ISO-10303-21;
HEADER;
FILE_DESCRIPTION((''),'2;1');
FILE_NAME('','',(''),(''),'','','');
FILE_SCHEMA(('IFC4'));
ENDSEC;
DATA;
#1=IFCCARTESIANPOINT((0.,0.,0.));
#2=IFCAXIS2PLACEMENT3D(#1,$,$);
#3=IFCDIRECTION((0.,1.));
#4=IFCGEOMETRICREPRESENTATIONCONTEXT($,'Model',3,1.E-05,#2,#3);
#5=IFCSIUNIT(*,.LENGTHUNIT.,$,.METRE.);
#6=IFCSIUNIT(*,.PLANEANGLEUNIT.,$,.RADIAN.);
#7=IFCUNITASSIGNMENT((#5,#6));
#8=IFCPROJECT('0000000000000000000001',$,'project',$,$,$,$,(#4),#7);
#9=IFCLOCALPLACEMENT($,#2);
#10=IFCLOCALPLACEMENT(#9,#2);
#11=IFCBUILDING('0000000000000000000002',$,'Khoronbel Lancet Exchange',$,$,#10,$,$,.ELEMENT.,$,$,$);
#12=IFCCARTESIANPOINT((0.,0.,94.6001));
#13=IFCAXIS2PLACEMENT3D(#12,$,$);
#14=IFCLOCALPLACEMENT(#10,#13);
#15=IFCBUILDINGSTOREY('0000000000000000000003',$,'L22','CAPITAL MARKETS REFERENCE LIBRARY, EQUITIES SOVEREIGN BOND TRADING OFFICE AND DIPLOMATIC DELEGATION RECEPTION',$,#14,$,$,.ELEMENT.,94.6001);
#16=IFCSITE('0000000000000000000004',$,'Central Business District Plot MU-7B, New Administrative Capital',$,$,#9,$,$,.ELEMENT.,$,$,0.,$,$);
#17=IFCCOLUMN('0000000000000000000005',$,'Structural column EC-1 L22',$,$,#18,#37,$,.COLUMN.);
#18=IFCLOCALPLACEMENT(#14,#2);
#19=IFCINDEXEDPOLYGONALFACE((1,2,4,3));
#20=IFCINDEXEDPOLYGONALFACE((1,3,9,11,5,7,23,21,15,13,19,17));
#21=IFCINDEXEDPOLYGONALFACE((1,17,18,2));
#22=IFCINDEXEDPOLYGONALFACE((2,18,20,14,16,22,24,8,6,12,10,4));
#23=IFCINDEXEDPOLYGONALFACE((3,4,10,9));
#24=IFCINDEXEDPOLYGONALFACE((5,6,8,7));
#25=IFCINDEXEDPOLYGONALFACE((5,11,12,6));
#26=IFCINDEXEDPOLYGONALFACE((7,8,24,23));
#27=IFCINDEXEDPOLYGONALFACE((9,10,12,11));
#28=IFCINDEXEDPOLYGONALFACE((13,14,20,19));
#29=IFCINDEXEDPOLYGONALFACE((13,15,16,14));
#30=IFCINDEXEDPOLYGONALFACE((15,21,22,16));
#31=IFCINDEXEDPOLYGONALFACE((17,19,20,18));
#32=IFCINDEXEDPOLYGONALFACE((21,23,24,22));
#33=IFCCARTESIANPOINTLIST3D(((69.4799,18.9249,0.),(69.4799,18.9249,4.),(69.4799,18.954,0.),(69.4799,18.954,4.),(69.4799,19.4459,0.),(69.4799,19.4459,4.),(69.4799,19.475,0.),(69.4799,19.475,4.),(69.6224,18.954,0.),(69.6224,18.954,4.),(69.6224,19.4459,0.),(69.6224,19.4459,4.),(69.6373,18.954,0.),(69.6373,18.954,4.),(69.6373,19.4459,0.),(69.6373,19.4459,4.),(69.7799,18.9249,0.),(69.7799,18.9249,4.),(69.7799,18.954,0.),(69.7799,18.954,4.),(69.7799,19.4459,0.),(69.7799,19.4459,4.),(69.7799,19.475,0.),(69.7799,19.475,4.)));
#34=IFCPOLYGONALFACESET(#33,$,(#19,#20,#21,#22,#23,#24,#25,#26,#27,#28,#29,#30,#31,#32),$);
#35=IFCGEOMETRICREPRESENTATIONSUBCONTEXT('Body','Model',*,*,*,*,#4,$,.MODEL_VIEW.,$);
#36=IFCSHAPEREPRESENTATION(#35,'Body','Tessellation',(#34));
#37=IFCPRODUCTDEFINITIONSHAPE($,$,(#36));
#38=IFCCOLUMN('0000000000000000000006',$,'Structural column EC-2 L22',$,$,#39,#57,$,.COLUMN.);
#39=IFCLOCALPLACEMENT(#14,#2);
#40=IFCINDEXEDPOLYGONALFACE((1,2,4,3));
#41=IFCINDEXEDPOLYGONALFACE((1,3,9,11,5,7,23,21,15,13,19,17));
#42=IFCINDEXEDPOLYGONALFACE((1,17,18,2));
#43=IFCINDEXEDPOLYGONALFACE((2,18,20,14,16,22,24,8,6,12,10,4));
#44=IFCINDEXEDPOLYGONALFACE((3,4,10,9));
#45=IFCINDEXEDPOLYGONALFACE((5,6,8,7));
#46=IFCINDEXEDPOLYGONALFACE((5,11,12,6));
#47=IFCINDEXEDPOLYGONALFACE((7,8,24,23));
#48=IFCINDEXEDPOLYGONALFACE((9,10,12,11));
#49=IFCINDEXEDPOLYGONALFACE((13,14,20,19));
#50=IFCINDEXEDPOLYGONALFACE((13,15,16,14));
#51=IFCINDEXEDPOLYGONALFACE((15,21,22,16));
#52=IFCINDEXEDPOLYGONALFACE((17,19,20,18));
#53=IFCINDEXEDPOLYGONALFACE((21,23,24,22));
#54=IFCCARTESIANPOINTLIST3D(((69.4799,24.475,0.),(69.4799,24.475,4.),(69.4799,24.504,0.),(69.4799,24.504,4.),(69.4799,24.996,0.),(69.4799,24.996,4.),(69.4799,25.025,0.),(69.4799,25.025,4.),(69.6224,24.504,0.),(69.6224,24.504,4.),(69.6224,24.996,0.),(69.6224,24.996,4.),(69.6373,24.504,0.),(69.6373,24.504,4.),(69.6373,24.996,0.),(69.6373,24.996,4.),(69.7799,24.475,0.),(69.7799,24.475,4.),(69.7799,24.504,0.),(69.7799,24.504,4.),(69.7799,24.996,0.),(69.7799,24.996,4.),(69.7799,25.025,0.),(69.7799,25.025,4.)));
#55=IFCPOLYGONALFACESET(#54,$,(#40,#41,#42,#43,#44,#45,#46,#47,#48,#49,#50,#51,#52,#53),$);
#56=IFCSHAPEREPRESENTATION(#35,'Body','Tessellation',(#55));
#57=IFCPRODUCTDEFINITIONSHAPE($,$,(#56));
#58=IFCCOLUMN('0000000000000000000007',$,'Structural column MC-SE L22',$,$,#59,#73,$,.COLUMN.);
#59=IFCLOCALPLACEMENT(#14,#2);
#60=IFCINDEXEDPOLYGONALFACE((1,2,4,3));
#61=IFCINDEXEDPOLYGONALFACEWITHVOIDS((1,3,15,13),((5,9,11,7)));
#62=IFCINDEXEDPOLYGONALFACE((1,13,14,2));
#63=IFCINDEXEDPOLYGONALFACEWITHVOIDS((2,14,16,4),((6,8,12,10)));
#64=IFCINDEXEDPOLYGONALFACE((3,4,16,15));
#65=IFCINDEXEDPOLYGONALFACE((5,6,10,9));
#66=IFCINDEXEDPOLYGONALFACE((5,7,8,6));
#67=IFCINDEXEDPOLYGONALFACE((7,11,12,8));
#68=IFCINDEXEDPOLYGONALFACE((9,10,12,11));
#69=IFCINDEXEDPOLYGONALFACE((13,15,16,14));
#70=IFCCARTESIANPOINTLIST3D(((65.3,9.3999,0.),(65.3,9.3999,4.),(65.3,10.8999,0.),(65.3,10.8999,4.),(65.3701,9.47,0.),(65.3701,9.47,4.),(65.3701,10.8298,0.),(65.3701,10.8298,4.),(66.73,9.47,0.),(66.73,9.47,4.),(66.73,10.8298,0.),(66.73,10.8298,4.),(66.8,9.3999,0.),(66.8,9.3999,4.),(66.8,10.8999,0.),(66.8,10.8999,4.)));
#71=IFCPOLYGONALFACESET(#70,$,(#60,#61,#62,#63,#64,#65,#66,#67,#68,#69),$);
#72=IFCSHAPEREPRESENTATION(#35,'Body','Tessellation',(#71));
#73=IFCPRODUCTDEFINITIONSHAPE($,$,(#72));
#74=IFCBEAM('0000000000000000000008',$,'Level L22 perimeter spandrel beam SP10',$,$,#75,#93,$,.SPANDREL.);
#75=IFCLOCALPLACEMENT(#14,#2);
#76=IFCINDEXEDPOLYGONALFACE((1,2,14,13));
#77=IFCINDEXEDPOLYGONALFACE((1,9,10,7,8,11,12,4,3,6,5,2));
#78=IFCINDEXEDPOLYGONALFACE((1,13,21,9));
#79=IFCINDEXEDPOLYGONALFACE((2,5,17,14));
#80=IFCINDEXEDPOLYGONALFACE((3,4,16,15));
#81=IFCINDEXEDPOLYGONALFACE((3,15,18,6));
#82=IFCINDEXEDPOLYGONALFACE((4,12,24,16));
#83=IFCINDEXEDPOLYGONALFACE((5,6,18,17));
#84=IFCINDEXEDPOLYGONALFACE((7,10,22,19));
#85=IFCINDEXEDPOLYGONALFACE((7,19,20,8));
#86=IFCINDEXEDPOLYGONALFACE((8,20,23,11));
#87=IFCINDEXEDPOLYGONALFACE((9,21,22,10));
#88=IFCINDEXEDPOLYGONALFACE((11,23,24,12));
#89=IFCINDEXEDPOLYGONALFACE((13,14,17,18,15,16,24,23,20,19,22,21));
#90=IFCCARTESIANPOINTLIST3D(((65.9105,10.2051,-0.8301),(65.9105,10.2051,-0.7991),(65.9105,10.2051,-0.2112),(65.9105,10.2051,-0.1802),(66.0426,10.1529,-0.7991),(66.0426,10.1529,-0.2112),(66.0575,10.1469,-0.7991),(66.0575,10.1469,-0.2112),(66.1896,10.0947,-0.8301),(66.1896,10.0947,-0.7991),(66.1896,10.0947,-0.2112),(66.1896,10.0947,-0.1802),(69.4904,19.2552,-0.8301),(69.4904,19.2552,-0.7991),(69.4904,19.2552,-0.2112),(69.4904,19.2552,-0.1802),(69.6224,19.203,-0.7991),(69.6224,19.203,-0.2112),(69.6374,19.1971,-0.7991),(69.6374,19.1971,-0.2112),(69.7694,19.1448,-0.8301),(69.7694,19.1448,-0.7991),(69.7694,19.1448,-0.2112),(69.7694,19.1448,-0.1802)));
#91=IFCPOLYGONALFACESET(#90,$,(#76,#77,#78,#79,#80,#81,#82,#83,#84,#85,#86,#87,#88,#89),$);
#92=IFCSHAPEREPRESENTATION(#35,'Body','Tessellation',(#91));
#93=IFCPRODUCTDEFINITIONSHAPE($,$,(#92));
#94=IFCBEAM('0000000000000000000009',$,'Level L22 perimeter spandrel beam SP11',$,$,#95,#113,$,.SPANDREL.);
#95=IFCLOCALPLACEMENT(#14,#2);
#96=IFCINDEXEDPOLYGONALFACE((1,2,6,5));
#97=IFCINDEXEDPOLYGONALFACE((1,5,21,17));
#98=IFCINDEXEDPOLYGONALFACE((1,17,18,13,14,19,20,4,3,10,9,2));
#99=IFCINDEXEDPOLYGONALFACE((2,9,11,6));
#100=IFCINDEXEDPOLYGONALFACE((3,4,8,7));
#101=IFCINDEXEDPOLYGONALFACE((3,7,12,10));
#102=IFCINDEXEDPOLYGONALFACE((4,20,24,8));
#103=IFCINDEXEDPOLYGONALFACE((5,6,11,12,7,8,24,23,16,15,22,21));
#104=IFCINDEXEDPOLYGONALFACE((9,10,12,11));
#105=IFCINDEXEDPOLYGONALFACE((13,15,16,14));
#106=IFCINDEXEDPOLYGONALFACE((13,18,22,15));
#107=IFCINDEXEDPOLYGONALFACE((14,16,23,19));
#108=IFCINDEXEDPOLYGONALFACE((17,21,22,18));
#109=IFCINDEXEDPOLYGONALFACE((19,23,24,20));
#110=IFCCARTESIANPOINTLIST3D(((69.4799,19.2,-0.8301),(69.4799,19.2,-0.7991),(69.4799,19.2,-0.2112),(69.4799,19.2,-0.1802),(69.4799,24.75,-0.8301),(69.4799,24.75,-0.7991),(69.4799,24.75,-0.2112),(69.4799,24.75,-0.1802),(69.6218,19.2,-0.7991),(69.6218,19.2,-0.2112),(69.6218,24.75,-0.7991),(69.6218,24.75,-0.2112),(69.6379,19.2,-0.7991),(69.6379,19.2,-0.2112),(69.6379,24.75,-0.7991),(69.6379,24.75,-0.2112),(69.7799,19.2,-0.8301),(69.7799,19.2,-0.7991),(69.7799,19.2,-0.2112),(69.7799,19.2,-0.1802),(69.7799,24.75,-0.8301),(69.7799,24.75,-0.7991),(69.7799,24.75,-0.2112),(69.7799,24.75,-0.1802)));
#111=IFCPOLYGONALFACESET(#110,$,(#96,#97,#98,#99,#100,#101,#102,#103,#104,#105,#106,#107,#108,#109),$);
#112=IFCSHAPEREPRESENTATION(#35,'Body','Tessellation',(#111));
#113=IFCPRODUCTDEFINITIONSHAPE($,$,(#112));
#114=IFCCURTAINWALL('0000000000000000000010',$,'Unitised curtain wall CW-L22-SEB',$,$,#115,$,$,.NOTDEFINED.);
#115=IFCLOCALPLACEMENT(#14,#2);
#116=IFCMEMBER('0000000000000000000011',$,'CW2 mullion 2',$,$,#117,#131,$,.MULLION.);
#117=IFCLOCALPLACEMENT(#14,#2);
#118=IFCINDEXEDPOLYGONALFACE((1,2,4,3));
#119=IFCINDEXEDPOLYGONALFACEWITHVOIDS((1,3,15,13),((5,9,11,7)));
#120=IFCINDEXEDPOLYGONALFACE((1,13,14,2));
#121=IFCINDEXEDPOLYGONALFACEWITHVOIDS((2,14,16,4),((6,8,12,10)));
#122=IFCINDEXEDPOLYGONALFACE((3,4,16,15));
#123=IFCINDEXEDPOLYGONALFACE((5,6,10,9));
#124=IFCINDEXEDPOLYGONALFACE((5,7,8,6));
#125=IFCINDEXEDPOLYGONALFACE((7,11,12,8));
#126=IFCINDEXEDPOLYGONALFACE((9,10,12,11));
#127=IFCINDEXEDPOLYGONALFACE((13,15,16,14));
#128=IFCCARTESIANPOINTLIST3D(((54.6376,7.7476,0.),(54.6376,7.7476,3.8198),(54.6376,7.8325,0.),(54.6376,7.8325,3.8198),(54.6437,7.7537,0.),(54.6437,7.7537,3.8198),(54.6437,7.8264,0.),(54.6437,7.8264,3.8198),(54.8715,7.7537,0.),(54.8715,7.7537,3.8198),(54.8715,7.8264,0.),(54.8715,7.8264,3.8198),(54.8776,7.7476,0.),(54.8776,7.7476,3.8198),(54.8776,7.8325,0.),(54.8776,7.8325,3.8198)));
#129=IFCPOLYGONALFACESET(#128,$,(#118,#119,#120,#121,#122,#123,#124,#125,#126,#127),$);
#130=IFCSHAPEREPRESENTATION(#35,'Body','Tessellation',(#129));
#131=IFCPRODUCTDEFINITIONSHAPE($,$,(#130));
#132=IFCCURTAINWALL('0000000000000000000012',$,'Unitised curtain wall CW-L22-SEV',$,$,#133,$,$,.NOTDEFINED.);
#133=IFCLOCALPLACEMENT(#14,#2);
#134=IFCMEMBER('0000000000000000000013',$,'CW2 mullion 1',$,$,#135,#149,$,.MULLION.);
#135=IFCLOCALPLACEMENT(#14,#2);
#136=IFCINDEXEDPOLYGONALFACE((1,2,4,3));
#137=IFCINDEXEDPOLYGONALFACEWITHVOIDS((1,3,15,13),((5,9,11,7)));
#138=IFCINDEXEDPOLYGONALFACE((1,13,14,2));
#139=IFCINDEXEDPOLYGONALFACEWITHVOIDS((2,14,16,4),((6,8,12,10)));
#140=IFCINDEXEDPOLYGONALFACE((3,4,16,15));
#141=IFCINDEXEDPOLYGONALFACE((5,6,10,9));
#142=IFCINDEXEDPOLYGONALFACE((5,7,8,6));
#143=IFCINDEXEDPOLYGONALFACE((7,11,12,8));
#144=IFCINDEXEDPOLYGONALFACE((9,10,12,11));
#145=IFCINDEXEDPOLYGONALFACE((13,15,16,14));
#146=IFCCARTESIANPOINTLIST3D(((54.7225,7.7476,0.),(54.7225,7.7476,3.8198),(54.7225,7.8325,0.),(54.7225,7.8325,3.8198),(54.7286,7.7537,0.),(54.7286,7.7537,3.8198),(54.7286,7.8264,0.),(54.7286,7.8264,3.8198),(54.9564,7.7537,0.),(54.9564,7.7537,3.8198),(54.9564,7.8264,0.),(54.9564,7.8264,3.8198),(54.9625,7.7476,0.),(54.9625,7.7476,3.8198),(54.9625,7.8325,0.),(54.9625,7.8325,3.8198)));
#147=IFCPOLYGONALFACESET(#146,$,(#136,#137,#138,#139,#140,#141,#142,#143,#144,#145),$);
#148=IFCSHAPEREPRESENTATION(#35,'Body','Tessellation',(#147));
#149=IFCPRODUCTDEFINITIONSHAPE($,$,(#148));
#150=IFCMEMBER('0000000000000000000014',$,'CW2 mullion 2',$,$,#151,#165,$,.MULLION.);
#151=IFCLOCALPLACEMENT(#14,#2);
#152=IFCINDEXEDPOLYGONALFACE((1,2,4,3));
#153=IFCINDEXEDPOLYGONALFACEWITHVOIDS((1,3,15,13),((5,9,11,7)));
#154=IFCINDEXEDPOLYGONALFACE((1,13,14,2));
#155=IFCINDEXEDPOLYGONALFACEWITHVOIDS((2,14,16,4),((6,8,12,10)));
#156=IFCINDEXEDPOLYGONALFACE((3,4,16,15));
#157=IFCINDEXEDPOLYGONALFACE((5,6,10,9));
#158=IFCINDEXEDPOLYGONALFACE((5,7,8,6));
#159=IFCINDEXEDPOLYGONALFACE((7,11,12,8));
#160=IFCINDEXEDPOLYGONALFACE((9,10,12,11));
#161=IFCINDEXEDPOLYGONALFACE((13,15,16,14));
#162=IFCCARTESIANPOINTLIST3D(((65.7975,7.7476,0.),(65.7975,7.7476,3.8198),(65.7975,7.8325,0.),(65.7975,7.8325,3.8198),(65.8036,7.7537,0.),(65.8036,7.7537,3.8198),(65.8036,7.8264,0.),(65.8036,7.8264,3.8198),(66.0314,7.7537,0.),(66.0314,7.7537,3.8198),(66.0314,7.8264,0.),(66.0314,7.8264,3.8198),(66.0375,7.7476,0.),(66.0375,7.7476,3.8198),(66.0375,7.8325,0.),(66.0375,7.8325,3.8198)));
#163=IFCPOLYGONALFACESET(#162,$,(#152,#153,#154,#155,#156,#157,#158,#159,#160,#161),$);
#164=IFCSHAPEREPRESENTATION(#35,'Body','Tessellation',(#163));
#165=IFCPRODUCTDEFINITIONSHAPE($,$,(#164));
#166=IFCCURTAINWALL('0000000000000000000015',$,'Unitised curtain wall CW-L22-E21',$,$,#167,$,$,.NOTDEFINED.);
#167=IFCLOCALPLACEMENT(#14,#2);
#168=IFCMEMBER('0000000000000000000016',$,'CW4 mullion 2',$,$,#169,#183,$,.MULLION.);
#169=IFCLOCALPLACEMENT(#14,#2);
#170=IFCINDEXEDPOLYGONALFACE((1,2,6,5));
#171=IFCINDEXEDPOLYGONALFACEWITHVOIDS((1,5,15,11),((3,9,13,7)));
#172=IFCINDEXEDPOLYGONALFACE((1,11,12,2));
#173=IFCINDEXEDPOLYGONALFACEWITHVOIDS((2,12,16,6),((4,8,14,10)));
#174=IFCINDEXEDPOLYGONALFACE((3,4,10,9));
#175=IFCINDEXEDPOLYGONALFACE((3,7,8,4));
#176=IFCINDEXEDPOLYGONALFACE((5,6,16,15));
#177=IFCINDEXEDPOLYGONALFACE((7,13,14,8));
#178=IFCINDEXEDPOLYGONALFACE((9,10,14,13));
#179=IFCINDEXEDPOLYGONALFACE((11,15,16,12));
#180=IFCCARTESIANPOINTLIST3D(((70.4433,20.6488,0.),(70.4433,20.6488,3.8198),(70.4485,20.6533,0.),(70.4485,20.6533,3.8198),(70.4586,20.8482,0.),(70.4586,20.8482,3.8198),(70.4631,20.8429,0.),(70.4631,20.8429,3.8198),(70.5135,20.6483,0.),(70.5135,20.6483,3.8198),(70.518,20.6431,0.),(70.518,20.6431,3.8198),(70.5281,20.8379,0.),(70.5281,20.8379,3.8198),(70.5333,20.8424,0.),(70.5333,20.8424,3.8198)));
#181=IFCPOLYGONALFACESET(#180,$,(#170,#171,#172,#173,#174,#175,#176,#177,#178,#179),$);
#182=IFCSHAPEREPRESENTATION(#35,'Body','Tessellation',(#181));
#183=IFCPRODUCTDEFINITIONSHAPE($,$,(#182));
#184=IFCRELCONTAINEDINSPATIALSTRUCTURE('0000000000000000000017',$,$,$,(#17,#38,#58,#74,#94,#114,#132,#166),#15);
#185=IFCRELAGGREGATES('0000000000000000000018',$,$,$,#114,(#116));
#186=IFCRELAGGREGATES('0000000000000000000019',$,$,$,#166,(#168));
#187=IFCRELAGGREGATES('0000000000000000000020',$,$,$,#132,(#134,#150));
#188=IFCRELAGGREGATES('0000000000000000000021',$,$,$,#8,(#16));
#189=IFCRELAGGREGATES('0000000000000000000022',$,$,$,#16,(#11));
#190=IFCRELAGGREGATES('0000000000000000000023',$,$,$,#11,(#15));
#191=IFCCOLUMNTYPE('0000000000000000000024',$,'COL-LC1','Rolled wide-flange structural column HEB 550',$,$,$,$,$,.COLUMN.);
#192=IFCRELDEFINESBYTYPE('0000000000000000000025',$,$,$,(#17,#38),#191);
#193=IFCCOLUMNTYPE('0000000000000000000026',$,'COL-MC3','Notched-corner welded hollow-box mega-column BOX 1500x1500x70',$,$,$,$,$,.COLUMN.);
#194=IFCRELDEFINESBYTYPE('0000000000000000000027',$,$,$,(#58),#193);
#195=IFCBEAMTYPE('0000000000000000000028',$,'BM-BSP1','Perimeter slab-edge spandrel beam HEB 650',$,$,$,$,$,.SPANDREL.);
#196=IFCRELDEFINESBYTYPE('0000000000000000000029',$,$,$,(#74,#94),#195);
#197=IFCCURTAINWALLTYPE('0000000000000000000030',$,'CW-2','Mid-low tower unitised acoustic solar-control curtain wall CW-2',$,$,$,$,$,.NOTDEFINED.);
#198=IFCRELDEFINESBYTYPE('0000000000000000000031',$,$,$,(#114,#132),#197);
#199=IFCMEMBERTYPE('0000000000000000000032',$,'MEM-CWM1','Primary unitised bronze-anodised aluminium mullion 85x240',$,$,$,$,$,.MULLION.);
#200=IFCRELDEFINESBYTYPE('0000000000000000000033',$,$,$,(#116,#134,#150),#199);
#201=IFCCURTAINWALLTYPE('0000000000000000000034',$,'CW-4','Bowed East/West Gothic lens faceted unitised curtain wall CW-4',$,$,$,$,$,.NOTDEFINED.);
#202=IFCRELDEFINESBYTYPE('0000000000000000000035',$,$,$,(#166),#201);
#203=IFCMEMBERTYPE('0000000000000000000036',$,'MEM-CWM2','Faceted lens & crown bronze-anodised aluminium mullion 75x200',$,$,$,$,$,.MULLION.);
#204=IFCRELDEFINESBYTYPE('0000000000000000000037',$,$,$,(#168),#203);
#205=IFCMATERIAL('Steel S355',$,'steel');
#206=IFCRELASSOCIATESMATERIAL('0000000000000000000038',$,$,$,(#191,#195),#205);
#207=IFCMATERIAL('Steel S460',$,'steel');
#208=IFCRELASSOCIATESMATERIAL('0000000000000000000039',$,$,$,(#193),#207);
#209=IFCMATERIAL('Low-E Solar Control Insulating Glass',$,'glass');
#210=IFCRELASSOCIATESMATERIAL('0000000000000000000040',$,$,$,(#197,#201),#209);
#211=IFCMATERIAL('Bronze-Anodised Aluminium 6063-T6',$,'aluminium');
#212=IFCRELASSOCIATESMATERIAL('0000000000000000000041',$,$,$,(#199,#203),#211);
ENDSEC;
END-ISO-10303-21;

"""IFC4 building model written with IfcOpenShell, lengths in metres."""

from ifc_helpers import new_model, si_unit, direction, frame, origin, origin_2d, place, context, subcontext, project, spatial, hollow_rectangle, i_section, extrude, material, material_profile, profile_set, type_object, element, aggregate, save


model = new_model("IFC4")

# Units and contexts
model_context = context("Model", 3, precision=1e-05, world=origin(), true_north=direction((0.0, 1.0)))
body_context = subcontext(model_context, "Body", "Model", "MODEL_VIEW")
ifc_project = project(units=[si_unit("LENGTHUNIT", "METRE"), si_unit("PLANEANGLEUNIT", "RADIAN")], contexts=[model_context])

# Site, building, storey
site_placement = place(None, origin())
site = spatial("IfcSite", under=ifc_project, at=site_placement, Name="Central Business District Plot MU-7B, New Administrative Capital", CompositionType="ELEMENT", RefElevation=0.0)
building_placement = place(site_placement, origin())
building = spatial("IfcBuilding", under=site, at=building_placement, Name="Khoronbel Lancet Exchange", CompositionType="ELEMENT")
storey_placement = place(building_placement, frame((0.0, 0.0, 94.6001)))
storey = spatial("IfcBuildingStorey", under=building, at=storey_placement, Name="L22", Description="CAPITAL MARKETS REFERENCE LIBRARY, EQUITIES SOVEREIGN BOND TRADING OFFICE AND DIPLOMATIC DELEGATION RECEPTION", CompositionType="ELEMENT", Elevation=94.6001)

# Columns
ifc_material_1 = material(Name="Steel S355", Category="steel")
ifc_material_profile_1 = material_profile(ifc_material_1, i_section(OverallWidth=0.3, OverallDepth=0.55, WebThickness=0.0149, FlangeThickness=0.0291, at=origin_2d()), Name="HEB 550")
ifc_profile_set_1 = profile_set([ifc_material_profile_1], Name="Steel S355")
column_type_1 = type_object("IfcColumnType", Name="COL-LC1", Description="Rolled wide-flange structural column HEB 550", PredefinedType="COLUMN", material=ifc_profile_set_1)
for number, where, z_axis, x_axis, name in (
    (1, (69.6299, 19.2, 0.0), (0.0, 0.0, 1.0), (1.0, 0.0, 0.0), "Structural column EC-1 L22"),
    (2, (69.6299, 24.75, 0.0), (0.0, 0.0, 1.0), (1.0, 0.0, 0.0), "Structural column EC-2 L22"),
):
    element("IfcColumn", number, at=place(storey_placement, frame(where, z_axis=z_axis, x_axis=x_axis)), inside=storey, type_object=column_type_1, Name=name, PredefinedType="COLUMN", context=body_context, shape_type="SweptSolid", body=[
        extrude(i_section(OverallWidth=0.3, OverallDepth=0.55, WebThickness=0.0149, FlangeThickness=0.0291, at=origin_2d()), origin(), (0.0, 0.0, 1.0), 4.0),
    ])
ifc_material_2 = material(Name="Steel S460", Category="steel")
ifc_material_profile_2 = material_profile(ifc_material_2, hollow_rectangle(XDim=1.5, YDim=1.5, WallThickness=0.0701, at=origin_2d()), Name="BOX 1500x1500x70")
ifc_profile_set_2 = profile_set([ifc_material_profile_2], Name="Steel S460")
column_type_2 = type_object("IfcColumnType", Name="COL-MC3", Description="Notched-corner welded hollow-box mega-column BOX 1500x1500x70", PredefinedType="COLUMN", material=ifc_profile_set_2)
column_placement = place(storey_placement, frame((66.05, 10.1499, 0.0), z_axis=(0.0, 0.0, 1.0), x_axis=(1.0, 0.0, 0.0)))
element("IfcColumn", 3, at=column_placement, inside=storey, type_object=column_type_2, Name="Structural column MC-SE L22", PredefinedType="COLUMN", context=body_context, shape_type="SweptSolid", body=[
    extrude(hollow_rectangle(XDim=1.5, YDim=1.5, WallThickness=0.0701, at=origin_2d()), origin(), (0.0, 0.0, 1.0), 4.0),
])

# Beams
ifc_material_profile_3 = material_profile(ifc_material_1, i_section(OverallWidth=0.3, OverallDepth=0.6499, WebThickness=0.0161, FlangeThickness=0.031, at=origin_2d()), Name="HEB 650")
ifc_profile_set_3 = profile_set([ifc_material_profile_3], Name="Steel S355")
beam_type = type_object("IfcBeamType", Name="BM-BSP1", Description="Perimeter slab-edge spandrel beam HEB 650", PredefinedType="SPANDREL", material=ifc_profile_set_3)
beam_1_placement = place(storey_placement, frame((66.05, 10.1499, -0.5051), z_axis=(0.367828, 0.929894, 0.0), x_axis=(-0.929894, 0.367828, 0.0)))
element("IfcBeam", 4, at=beam_1_placement, inside=storey, type_object=beam_type, Name="Level L22 perimeter spandrel beam SP10", PredefinedType="SPANDREL", context=body_context, shape_type="SweptSolid", body=[
    extrude(i_section(OverallWidth=0.3, OverallDepth=0.6499, WebThickness=0.0161, FlangeThickness=0.031, at=origin_2d()), origin(), (0.0, 0.0, 1.0), 9.7324),
])
beam_2_placement = place(storey_placement, frame((69.6299, 19.2, -0.5051), z_axis=(0.0, 1.0, 0.0), x_axis=(-1.0, 0.0, 0.0)))
element("IfcBeam", 5, at=beam_2_placement, inside=storey, type_object=beam_type, Name="Level L22 perimeter spandrel beam SP11", PredefinedType="SPANDREL", context=body_context, shape_type="SweptSolid", body=[
    extrude(i_section(OverallWidth=0.3, OverallDepth=0.6499, WebThickness=0.0161, FlangeThickness=0.031, at=origin_2d()), origin(), (0.0, 0.0, 1.0), 5.55),
])

# Curtain wall, member
ifc_material_3 = material(Name="Low-E Solar Control Insulating Glass", Category="glass")
curtain_wall_type_1 = type_object("IfcCurtainWallType", Name="CW-2", Description="Mid-low tower unitised acoustic solar-control curtain wall CW-2", PredefinedType="NOTDEFINED", material=ifc_material_3)
curtain_wall_1_placement = place(storey_placement, origin())
curtain_wall_1 = element("IfcCurtainWall", 6, at=curtain_wall_1_placement, inside=storey, type_object=curtain_wall_type_1, Name="Unitised curtain wall CW-L22-SEB", PredefinedType="NOTDEFINED")
ifc_material_4 = material(Name="Bronze-Anodised Aluminium 6063-T6", Category="aluminium")
ifc_material_profile_4 = material_profile(ifc_material_4, hollow_rectangle(XDim=0.085, YDim=0.24, WallThickness=0.0061, at=origin_2d()), Name="ALU MULLION 85x240")
ifc_profile_set_4 = profile_set([ifc_material_profile_4], Name="Bronze-Anodised Aluminium 6063-T6")
member_type_1 = type_object("IfcMemberType", Name="MEM-CWM1", Description="Primary unitised bronze-anodised aluminium mullion 85x240", PredefinedType="MULLION", material=ifc_profile_set_4)
member_1_placement = place(storey_placement, frame((54.7576, 7.79, 0.0), z_axis=(0.0, 0.0, 1.0), x_axis=(0.0, 1.0, 0.0)))
member_1 = element("IfcMember", 7, at=member_1_placement, type_object=member_type_1, Name="CW2 mullion 2", PredefinedType="MULLION", context=body_context, shape_type="SweptSolid", body=[
    extrude(hollow_rectangle(XDim=0.085, YDim=0.24, WallThickness=0.0061, at=origin_2d()), origin(), (0.0, 0.0, 1.0), 3.8198),
])
aggregate(curtain_wall_1, [member_1])

# Curtain wall, members
curtain_wall_2_placement = place(storey_placement, origin())
curtain_wall_2 = element("IfcCurtainWall", 8, at=curtain_wall_2_placement, inside=storey, type_object=curtain_wall_type_1, Name="Unitised curtain wall CW-L22-SEV", PredefinedType="NOTDEFINED")
member_2_placement = place(storey_placement, frame((54.8425, 7.79, 0.0), z_axis=(0.0, 0.0, 1.0), x_axis=(0.0, 1.0, 0.0)))
member_2 = element("IfcMember", 9, at=member_2_placement, type_object=member_type_1, Name="CW2 mullion 1", PredefinedType="MULLION", context=body_context, shape_type="SweptSolid", body=[
    extrude(hollow_rectangle(XDim=0.085, YDim=0.24, WallThickness=0.0061, at=origin_2d()), origin(), (0.0, 0.0, 1.0), 3.8198),
])
member_3_placement = place(storey_placement, frame((65.9175, 7.79, 0.0), z_axis=(0.0, 0.0, 1.0), x_axis=(0.0, 1.0, 0.0)))
member_3 = element("IfcMember", 10, at=member_3_placement, type_object=member_type_1, Name="CW2 mullion 2", PredefinedType="MULLION", context=body_context, shape_type="SweptSolid", body=[
    extrude(hollow_rectangle(XDim=0.085, YDim=0.24, WallThickness=0.0061, at=origin_2d()), origin(), (0.0, 0.0, 1.0), 3.8198),
])

# Curtain wall, member
curtain_wall_type_2 = type_object("IfcCurtainWallType", Name="CW-4", Description="Bowed East/West Gothic lens faceted unitised curtain wall CW-4", PredefinedType="NOTDEFINED", material=ifc_material_3)
curtain_wall_3_placement = place(storey_placement, origin())
curtain_wall_3 = element("IfcCurtainWall", 11, at=curtain_wall_3_placement, inside=storey, type_object=curtain_wall_type_2, Name="Unitised curtain wall CW-L22-E21", PredefinedType="NOTDEFINED")
ifc_material_profile_5 = material_profile(ifc_material_4, hollow_rectangle(XDim=0.075, YDim=0.2, WallThickness=0.0049, at=origin_2d()), Name="ALU MULLION 75x200")
ifc_profile_set_5 = profile_set([ifc_material_profile_5], Name="Bronze-Anodised Aluminium 6063-T6")
member_type_2 = type_object("IfcMemberType", Name="MEM-CWM2", Description="Faceted lens & crown bronze-anodised aluminium mullion 75x200", PredefinedType="MULLION", material=ifc_profile_set_5)
member_4_placement = place(storey_placement, frame((70.4883, 20.7456, 0.0), z_axis=(0.0, 0.0, 1.0), x_axis=(0.99706, -0.076626, 0.0)))
member_4 = element("IfcMember", 12, at=member_4_placement, type_object=member_type_2, Name="CW4 mullion 2", PredefinedType="MULLION", context=body_context, shape_type="SweptSolid", body=[
    extrude(hollow_rectangle(XDim=0.075, YDim=0.2, WallThickness=0.0049, at=origin_2d()), origin(), (0.0, 0.0, 1.0), 3.8198),
])

aggregate(curtain_wall_3, [member_4])
aggregate(curtain_wall_2, [member_2, member_3])

save(model, "model.ifc")
